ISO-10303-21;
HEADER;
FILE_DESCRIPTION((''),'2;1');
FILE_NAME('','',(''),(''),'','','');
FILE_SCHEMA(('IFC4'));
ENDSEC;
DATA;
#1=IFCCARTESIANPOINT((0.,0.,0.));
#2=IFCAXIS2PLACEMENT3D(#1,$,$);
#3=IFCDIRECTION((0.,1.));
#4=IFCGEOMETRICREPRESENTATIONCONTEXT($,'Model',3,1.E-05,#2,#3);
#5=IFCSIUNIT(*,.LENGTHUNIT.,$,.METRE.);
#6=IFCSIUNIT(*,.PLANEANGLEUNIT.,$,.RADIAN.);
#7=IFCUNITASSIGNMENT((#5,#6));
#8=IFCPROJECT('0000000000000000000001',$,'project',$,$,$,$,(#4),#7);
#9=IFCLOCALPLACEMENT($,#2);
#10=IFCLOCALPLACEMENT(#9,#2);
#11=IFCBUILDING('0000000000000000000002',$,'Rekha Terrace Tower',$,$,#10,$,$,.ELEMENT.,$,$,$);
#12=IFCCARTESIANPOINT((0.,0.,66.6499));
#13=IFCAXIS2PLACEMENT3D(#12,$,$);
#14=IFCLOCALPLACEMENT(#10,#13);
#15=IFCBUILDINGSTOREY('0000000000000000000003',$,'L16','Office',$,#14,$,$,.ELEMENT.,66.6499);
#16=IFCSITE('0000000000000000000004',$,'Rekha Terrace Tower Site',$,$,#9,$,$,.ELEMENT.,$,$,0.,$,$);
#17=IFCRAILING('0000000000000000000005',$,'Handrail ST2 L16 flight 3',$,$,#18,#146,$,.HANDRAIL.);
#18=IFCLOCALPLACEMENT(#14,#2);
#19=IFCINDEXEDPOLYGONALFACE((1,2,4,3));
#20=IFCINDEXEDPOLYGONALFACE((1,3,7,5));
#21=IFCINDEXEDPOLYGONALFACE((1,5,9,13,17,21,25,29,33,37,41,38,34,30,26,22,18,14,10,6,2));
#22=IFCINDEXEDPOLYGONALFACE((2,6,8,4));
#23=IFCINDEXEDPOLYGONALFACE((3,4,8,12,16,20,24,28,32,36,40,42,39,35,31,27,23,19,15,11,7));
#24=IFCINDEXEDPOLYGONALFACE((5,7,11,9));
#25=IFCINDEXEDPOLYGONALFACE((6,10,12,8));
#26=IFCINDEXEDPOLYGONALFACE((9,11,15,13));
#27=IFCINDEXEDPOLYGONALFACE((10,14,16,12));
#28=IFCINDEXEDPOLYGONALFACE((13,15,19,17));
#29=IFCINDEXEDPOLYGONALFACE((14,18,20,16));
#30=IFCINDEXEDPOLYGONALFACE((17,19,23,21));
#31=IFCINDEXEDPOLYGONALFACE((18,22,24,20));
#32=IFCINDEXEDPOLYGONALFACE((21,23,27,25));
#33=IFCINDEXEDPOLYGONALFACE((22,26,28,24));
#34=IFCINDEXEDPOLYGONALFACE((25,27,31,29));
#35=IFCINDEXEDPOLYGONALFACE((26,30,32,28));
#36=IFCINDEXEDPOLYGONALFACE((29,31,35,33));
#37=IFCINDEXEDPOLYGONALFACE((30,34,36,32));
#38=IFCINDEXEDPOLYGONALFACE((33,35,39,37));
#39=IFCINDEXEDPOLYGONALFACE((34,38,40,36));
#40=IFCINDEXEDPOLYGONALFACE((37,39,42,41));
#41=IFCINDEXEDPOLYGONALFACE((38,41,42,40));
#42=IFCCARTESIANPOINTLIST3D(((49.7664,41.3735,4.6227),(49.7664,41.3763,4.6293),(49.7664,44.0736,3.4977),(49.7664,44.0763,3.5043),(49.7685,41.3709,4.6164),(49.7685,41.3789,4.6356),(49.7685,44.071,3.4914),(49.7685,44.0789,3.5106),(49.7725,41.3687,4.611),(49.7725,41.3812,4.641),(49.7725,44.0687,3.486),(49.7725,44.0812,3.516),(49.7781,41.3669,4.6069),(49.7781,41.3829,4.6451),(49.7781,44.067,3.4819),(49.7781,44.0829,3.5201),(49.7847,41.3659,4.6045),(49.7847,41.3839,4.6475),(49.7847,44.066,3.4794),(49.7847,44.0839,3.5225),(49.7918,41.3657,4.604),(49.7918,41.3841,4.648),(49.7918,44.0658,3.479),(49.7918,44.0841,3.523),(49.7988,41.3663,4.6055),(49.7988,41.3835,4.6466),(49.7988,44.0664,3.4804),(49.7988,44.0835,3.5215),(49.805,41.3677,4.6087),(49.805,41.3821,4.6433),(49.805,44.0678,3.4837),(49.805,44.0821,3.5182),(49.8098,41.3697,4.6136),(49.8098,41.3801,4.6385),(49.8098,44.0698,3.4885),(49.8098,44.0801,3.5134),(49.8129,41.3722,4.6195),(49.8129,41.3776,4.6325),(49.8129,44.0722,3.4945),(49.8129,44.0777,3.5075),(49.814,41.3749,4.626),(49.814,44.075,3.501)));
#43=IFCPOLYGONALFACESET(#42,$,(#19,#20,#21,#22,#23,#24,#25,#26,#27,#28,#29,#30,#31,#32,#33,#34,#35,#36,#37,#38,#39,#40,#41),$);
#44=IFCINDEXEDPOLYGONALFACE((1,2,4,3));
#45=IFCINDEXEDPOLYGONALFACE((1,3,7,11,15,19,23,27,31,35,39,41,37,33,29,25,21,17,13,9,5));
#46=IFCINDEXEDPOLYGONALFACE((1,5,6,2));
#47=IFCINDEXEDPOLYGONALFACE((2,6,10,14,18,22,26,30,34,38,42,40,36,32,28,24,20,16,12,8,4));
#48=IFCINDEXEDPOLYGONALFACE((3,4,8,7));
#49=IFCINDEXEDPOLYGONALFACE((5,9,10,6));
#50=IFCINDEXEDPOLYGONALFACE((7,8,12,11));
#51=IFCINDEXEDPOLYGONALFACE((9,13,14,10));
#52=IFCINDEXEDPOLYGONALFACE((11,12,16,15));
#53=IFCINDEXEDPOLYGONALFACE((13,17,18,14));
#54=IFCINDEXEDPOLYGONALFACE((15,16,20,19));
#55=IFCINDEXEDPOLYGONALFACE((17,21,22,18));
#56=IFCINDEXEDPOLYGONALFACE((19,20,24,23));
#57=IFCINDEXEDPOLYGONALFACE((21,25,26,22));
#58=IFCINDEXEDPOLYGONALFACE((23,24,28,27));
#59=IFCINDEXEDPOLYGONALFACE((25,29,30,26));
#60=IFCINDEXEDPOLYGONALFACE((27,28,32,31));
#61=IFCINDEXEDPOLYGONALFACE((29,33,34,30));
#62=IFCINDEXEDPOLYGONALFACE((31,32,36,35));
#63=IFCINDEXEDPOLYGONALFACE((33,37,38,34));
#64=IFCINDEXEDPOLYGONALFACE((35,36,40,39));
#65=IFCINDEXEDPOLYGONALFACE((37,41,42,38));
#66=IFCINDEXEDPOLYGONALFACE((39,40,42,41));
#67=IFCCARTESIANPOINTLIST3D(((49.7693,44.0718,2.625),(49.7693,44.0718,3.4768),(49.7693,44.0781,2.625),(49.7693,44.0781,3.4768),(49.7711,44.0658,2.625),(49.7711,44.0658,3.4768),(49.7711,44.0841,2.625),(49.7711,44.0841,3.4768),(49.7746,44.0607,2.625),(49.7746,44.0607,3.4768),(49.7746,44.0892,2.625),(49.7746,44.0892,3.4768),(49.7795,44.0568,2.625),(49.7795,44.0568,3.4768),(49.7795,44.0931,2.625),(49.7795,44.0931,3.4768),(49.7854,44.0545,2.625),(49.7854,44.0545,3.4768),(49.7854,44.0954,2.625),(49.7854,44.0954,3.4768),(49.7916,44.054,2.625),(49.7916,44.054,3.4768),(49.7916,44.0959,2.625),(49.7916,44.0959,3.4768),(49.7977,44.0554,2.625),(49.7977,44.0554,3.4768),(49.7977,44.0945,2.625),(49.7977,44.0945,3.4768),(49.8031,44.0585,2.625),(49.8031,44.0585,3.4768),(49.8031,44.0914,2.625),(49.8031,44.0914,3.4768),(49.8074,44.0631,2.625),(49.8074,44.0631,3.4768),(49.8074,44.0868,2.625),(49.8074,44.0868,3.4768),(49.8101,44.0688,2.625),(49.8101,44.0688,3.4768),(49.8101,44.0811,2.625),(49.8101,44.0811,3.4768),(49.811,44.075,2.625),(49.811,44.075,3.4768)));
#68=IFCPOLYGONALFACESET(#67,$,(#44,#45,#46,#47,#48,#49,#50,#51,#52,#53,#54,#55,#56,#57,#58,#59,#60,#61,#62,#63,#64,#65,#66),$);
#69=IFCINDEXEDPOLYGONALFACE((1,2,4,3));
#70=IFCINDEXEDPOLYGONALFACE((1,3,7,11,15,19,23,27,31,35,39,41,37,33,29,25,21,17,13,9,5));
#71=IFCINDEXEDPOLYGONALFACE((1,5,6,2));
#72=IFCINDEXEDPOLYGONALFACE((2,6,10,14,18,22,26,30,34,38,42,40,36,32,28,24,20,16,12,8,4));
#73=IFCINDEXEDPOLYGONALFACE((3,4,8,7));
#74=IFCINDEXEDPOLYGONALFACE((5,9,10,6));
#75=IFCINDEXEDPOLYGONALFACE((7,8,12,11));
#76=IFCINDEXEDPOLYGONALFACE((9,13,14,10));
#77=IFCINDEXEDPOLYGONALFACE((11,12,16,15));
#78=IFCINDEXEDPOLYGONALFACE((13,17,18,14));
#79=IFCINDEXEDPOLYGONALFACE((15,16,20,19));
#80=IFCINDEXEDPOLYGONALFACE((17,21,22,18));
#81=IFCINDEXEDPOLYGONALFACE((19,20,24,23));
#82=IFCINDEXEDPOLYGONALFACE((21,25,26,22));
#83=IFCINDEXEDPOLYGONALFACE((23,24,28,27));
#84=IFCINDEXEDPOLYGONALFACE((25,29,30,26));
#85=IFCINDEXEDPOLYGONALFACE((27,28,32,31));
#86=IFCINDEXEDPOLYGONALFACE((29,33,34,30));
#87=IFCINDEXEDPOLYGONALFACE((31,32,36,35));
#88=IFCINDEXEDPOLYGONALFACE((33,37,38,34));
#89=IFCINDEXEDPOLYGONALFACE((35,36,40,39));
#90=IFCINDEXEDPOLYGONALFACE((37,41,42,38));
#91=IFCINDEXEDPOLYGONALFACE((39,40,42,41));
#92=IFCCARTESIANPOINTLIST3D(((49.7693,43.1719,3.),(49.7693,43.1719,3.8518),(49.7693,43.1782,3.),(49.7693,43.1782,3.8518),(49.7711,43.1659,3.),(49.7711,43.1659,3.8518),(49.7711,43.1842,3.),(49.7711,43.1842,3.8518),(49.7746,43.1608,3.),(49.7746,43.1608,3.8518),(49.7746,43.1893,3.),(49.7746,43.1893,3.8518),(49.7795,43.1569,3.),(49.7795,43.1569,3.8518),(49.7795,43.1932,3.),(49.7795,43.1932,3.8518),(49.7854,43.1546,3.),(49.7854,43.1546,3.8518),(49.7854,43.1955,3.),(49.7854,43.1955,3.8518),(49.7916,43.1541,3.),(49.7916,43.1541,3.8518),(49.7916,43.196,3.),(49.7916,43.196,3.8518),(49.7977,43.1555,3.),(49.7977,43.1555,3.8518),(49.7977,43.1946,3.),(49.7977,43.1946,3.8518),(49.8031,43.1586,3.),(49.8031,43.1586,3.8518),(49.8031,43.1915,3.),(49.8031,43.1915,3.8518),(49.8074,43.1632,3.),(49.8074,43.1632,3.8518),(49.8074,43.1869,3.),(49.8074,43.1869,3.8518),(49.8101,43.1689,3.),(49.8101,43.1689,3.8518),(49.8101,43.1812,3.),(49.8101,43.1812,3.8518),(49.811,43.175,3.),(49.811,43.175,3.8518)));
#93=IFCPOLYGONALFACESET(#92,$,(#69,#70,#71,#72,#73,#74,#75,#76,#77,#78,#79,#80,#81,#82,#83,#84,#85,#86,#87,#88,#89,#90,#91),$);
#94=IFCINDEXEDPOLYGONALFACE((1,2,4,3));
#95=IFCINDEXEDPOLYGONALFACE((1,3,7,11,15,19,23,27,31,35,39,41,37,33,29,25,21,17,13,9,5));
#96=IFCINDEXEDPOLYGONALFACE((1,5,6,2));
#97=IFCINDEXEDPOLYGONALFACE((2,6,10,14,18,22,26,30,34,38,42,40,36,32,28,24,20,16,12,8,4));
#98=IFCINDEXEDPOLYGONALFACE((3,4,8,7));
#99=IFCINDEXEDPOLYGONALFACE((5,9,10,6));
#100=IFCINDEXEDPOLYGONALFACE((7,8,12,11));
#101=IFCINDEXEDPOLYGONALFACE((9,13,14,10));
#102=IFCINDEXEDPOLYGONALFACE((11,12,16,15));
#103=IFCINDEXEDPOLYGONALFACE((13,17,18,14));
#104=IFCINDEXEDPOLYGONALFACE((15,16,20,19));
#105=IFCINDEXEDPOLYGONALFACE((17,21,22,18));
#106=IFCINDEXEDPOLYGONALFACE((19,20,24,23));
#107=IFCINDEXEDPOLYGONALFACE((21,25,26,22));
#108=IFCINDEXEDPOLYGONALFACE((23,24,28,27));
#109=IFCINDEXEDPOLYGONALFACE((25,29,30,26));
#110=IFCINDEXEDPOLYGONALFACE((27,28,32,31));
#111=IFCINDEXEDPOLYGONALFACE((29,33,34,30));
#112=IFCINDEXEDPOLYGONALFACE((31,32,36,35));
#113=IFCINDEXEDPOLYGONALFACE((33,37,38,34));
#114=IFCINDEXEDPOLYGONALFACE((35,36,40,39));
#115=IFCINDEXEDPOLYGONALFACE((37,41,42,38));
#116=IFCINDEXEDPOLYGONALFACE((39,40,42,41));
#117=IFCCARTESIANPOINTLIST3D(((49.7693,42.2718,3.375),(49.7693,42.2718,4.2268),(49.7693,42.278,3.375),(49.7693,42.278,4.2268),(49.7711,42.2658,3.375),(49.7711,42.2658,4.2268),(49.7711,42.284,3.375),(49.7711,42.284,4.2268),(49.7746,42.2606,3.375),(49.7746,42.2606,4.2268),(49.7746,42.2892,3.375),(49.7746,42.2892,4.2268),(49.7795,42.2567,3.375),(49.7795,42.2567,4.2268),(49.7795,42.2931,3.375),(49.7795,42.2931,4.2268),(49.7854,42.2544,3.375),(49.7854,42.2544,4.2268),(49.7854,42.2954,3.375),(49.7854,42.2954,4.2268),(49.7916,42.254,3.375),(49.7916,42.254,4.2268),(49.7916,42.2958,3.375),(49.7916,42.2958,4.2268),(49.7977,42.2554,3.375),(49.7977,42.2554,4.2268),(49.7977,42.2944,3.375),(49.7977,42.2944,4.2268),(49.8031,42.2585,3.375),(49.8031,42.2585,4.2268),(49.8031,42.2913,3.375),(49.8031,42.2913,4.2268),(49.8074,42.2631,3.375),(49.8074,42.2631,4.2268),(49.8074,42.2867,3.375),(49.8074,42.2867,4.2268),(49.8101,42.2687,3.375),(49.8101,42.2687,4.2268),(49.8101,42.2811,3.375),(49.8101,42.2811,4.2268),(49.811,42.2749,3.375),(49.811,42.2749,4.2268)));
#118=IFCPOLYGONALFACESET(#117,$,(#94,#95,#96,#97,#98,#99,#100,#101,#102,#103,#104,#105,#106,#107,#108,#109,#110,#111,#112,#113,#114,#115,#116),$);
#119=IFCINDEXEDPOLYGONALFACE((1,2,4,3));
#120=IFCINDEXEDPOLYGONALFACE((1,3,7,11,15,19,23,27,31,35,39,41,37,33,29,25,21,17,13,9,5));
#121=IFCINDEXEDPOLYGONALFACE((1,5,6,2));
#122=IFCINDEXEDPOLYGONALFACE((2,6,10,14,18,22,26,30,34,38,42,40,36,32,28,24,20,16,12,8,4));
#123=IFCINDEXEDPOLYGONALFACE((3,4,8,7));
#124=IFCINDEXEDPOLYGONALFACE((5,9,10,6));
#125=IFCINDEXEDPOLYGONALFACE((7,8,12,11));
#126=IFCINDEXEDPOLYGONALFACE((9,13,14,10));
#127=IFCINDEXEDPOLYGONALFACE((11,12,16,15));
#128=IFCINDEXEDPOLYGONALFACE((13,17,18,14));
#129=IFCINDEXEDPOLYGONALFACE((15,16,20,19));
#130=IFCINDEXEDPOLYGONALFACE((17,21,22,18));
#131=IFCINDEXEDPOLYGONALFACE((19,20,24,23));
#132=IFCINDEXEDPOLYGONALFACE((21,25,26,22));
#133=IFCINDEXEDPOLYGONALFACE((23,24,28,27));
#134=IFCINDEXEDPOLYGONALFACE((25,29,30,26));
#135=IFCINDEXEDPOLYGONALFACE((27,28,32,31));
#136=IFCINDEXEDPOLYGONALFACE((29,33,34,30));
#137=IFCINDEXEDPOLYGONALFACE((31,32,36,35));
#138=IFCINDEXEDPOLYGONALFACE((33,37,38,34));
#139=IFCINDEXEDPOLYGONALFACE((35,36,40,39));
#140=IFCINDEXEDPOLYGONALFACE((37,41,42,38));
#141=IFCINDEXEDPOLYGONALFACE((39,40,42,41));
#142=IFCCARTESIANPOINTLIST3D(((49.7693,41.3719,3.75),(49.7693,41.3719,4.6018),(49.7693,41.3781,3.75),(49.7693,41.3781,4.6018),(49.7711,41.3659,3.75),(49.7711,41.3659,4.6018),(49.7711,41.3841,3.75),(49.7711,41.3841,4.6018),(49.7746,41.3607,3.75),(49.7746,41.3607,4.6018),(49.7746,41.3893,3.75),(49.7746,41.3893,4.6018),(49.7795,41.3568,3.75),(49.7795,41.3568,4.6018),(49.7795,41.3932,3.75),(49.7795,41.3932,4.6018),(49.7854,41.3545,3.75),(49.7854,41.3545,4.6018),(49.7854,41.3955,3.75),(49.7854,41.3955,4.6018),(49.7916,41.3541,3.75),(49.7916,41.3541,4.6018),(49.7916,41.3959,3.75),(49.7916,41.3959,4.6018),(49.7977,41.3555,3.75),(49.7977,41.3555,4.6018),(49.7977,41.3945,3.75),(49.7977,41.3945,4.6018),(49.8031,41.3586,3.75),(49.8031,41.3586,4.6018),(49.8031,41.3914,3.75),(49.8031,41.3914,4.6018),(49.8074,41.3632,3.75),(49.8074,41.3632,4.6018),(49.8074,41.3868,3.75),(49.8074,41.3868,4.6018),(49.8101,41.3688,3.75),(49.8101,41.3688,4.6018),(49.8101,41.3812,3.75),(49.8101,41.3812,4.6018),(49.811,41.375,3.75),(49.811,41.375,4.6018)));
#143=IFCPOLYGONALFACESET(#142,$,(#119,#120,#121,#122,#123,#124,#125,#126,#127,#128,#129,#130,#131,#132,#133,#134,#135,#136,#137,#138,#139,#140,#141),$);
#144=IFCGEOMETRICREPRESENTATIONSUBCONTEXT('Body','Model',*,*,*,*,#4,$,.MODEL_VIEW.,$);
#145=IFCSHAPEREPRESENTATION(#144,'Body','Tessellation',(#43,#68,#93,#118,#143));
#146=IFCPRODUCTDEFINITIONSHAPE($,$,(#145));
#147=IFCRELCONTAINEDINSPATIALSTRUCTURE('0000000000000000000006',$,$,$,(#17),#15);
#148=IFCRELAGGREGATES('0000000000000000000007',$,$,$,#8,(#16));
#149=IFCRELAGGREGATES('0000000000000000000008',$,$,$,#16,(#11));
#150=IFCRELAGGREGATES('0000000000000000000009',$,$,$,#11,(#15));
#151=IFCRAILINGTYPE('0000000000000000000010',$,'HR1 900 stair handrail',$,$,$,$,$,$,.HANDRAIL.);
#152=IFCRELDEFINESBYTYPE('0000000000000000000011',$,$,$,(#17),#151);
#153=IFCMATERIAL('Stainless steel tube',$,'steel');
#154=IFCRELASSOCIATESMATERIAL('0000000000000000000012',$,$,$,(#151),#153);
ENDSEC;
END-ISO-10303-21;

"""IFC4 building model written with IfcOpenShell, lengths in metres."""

from ifc_helpers import new_model, si_unit, direction, frame, origin, origin_2d, place, context, subcontext, project, spatial, circle, extrude, material, type_object, element, save


model = new_model("IFC4")

# Units and contexts
model_context = context("Model", 3, precision=1e-05, world=origin(), true_north=direction((0.0, 1.0)))
body_context = subcontext(model_context, "Body", "Model", "MODEL_VIEW")
ifc_project = project(units=[si_unit("LENGTHUNIT", "METRE"), si_unit("PLANEANGLEUNIT", "RADIAN")], contexts=[model_context])

# Site, building, storey
site_placement = place(None, origin())
site = spatial("IfcSite", under=ifc_project, at=site_placement, Name="Rekha Terrace Tower Site", CompositionType="ELEMENT", RefElevation=0.0)
building_placement = place(site_placement, origin())
building = spatial("IfcBuilding", under=site, at=building_placement, Name="Rekha Terrace Tower", CompositionType="ELEMENT")
storey_placement = place(building_placement, frame((0.0, 0.0, 66.6499)))
storey = spatial("IfcBuildingStorey", under=building, at=storey_placement, Name="L16", Description="Office", CompositionType="ELEMENT", Elevation=66.6499)

# Railing
ifc_material_1 = material(Name="Stainless steel tube", Category="steel")
railing_type_1 = type_object("IfcRailingType", Name="HR1 900 stair handrail", PredefinedType="HANDRAIL", material=ifc_material_1)
railing_1_placement = place(storey_placement, frame((49.79, 44.075, 2.625)))
element("IfcRailing", 1, at=railing_1_placement, inside=storey, type_object=railing_type_1, Name="Handrail ST2 L16 flight 3", PredefinedType="HANDRAIL", context=body_context, shape_type="SweptSolid", body=[
    extrude(circle(Radius=0.0239, at=origin_2d()), frame((0.0, 0.0, 0.876), z_axis=(0.0, -0.923074, 0.384621), x_axis=(1.0, 0.0, 0.0)), (0.0, 0.0, 1.0), 2.925),
    extrude(circle(Radius=0.021, at=origin_2d()), origin(), (0.0, 0.0, 1.0), 0.8518),
    extrude(circle(Radius=0.021, at=origin_2d()), frame((0.0, -0.8999, 0.375)), (0.0, 0.0, 1.0), 0.8518),
    extrude(circle(Radius=0.021, at=origin_2d()), frame((0.0, -1.8, 0.75)), (0.0, 0.0, 1.0), 0.8518),
    extrude(circle(Radius=0.021, at=origin_2d()), frame((0.0, -2.7, 1.125)), (0.0, 0.0, 1.0), 0.8518),
])

save(model, "model.ifc")
